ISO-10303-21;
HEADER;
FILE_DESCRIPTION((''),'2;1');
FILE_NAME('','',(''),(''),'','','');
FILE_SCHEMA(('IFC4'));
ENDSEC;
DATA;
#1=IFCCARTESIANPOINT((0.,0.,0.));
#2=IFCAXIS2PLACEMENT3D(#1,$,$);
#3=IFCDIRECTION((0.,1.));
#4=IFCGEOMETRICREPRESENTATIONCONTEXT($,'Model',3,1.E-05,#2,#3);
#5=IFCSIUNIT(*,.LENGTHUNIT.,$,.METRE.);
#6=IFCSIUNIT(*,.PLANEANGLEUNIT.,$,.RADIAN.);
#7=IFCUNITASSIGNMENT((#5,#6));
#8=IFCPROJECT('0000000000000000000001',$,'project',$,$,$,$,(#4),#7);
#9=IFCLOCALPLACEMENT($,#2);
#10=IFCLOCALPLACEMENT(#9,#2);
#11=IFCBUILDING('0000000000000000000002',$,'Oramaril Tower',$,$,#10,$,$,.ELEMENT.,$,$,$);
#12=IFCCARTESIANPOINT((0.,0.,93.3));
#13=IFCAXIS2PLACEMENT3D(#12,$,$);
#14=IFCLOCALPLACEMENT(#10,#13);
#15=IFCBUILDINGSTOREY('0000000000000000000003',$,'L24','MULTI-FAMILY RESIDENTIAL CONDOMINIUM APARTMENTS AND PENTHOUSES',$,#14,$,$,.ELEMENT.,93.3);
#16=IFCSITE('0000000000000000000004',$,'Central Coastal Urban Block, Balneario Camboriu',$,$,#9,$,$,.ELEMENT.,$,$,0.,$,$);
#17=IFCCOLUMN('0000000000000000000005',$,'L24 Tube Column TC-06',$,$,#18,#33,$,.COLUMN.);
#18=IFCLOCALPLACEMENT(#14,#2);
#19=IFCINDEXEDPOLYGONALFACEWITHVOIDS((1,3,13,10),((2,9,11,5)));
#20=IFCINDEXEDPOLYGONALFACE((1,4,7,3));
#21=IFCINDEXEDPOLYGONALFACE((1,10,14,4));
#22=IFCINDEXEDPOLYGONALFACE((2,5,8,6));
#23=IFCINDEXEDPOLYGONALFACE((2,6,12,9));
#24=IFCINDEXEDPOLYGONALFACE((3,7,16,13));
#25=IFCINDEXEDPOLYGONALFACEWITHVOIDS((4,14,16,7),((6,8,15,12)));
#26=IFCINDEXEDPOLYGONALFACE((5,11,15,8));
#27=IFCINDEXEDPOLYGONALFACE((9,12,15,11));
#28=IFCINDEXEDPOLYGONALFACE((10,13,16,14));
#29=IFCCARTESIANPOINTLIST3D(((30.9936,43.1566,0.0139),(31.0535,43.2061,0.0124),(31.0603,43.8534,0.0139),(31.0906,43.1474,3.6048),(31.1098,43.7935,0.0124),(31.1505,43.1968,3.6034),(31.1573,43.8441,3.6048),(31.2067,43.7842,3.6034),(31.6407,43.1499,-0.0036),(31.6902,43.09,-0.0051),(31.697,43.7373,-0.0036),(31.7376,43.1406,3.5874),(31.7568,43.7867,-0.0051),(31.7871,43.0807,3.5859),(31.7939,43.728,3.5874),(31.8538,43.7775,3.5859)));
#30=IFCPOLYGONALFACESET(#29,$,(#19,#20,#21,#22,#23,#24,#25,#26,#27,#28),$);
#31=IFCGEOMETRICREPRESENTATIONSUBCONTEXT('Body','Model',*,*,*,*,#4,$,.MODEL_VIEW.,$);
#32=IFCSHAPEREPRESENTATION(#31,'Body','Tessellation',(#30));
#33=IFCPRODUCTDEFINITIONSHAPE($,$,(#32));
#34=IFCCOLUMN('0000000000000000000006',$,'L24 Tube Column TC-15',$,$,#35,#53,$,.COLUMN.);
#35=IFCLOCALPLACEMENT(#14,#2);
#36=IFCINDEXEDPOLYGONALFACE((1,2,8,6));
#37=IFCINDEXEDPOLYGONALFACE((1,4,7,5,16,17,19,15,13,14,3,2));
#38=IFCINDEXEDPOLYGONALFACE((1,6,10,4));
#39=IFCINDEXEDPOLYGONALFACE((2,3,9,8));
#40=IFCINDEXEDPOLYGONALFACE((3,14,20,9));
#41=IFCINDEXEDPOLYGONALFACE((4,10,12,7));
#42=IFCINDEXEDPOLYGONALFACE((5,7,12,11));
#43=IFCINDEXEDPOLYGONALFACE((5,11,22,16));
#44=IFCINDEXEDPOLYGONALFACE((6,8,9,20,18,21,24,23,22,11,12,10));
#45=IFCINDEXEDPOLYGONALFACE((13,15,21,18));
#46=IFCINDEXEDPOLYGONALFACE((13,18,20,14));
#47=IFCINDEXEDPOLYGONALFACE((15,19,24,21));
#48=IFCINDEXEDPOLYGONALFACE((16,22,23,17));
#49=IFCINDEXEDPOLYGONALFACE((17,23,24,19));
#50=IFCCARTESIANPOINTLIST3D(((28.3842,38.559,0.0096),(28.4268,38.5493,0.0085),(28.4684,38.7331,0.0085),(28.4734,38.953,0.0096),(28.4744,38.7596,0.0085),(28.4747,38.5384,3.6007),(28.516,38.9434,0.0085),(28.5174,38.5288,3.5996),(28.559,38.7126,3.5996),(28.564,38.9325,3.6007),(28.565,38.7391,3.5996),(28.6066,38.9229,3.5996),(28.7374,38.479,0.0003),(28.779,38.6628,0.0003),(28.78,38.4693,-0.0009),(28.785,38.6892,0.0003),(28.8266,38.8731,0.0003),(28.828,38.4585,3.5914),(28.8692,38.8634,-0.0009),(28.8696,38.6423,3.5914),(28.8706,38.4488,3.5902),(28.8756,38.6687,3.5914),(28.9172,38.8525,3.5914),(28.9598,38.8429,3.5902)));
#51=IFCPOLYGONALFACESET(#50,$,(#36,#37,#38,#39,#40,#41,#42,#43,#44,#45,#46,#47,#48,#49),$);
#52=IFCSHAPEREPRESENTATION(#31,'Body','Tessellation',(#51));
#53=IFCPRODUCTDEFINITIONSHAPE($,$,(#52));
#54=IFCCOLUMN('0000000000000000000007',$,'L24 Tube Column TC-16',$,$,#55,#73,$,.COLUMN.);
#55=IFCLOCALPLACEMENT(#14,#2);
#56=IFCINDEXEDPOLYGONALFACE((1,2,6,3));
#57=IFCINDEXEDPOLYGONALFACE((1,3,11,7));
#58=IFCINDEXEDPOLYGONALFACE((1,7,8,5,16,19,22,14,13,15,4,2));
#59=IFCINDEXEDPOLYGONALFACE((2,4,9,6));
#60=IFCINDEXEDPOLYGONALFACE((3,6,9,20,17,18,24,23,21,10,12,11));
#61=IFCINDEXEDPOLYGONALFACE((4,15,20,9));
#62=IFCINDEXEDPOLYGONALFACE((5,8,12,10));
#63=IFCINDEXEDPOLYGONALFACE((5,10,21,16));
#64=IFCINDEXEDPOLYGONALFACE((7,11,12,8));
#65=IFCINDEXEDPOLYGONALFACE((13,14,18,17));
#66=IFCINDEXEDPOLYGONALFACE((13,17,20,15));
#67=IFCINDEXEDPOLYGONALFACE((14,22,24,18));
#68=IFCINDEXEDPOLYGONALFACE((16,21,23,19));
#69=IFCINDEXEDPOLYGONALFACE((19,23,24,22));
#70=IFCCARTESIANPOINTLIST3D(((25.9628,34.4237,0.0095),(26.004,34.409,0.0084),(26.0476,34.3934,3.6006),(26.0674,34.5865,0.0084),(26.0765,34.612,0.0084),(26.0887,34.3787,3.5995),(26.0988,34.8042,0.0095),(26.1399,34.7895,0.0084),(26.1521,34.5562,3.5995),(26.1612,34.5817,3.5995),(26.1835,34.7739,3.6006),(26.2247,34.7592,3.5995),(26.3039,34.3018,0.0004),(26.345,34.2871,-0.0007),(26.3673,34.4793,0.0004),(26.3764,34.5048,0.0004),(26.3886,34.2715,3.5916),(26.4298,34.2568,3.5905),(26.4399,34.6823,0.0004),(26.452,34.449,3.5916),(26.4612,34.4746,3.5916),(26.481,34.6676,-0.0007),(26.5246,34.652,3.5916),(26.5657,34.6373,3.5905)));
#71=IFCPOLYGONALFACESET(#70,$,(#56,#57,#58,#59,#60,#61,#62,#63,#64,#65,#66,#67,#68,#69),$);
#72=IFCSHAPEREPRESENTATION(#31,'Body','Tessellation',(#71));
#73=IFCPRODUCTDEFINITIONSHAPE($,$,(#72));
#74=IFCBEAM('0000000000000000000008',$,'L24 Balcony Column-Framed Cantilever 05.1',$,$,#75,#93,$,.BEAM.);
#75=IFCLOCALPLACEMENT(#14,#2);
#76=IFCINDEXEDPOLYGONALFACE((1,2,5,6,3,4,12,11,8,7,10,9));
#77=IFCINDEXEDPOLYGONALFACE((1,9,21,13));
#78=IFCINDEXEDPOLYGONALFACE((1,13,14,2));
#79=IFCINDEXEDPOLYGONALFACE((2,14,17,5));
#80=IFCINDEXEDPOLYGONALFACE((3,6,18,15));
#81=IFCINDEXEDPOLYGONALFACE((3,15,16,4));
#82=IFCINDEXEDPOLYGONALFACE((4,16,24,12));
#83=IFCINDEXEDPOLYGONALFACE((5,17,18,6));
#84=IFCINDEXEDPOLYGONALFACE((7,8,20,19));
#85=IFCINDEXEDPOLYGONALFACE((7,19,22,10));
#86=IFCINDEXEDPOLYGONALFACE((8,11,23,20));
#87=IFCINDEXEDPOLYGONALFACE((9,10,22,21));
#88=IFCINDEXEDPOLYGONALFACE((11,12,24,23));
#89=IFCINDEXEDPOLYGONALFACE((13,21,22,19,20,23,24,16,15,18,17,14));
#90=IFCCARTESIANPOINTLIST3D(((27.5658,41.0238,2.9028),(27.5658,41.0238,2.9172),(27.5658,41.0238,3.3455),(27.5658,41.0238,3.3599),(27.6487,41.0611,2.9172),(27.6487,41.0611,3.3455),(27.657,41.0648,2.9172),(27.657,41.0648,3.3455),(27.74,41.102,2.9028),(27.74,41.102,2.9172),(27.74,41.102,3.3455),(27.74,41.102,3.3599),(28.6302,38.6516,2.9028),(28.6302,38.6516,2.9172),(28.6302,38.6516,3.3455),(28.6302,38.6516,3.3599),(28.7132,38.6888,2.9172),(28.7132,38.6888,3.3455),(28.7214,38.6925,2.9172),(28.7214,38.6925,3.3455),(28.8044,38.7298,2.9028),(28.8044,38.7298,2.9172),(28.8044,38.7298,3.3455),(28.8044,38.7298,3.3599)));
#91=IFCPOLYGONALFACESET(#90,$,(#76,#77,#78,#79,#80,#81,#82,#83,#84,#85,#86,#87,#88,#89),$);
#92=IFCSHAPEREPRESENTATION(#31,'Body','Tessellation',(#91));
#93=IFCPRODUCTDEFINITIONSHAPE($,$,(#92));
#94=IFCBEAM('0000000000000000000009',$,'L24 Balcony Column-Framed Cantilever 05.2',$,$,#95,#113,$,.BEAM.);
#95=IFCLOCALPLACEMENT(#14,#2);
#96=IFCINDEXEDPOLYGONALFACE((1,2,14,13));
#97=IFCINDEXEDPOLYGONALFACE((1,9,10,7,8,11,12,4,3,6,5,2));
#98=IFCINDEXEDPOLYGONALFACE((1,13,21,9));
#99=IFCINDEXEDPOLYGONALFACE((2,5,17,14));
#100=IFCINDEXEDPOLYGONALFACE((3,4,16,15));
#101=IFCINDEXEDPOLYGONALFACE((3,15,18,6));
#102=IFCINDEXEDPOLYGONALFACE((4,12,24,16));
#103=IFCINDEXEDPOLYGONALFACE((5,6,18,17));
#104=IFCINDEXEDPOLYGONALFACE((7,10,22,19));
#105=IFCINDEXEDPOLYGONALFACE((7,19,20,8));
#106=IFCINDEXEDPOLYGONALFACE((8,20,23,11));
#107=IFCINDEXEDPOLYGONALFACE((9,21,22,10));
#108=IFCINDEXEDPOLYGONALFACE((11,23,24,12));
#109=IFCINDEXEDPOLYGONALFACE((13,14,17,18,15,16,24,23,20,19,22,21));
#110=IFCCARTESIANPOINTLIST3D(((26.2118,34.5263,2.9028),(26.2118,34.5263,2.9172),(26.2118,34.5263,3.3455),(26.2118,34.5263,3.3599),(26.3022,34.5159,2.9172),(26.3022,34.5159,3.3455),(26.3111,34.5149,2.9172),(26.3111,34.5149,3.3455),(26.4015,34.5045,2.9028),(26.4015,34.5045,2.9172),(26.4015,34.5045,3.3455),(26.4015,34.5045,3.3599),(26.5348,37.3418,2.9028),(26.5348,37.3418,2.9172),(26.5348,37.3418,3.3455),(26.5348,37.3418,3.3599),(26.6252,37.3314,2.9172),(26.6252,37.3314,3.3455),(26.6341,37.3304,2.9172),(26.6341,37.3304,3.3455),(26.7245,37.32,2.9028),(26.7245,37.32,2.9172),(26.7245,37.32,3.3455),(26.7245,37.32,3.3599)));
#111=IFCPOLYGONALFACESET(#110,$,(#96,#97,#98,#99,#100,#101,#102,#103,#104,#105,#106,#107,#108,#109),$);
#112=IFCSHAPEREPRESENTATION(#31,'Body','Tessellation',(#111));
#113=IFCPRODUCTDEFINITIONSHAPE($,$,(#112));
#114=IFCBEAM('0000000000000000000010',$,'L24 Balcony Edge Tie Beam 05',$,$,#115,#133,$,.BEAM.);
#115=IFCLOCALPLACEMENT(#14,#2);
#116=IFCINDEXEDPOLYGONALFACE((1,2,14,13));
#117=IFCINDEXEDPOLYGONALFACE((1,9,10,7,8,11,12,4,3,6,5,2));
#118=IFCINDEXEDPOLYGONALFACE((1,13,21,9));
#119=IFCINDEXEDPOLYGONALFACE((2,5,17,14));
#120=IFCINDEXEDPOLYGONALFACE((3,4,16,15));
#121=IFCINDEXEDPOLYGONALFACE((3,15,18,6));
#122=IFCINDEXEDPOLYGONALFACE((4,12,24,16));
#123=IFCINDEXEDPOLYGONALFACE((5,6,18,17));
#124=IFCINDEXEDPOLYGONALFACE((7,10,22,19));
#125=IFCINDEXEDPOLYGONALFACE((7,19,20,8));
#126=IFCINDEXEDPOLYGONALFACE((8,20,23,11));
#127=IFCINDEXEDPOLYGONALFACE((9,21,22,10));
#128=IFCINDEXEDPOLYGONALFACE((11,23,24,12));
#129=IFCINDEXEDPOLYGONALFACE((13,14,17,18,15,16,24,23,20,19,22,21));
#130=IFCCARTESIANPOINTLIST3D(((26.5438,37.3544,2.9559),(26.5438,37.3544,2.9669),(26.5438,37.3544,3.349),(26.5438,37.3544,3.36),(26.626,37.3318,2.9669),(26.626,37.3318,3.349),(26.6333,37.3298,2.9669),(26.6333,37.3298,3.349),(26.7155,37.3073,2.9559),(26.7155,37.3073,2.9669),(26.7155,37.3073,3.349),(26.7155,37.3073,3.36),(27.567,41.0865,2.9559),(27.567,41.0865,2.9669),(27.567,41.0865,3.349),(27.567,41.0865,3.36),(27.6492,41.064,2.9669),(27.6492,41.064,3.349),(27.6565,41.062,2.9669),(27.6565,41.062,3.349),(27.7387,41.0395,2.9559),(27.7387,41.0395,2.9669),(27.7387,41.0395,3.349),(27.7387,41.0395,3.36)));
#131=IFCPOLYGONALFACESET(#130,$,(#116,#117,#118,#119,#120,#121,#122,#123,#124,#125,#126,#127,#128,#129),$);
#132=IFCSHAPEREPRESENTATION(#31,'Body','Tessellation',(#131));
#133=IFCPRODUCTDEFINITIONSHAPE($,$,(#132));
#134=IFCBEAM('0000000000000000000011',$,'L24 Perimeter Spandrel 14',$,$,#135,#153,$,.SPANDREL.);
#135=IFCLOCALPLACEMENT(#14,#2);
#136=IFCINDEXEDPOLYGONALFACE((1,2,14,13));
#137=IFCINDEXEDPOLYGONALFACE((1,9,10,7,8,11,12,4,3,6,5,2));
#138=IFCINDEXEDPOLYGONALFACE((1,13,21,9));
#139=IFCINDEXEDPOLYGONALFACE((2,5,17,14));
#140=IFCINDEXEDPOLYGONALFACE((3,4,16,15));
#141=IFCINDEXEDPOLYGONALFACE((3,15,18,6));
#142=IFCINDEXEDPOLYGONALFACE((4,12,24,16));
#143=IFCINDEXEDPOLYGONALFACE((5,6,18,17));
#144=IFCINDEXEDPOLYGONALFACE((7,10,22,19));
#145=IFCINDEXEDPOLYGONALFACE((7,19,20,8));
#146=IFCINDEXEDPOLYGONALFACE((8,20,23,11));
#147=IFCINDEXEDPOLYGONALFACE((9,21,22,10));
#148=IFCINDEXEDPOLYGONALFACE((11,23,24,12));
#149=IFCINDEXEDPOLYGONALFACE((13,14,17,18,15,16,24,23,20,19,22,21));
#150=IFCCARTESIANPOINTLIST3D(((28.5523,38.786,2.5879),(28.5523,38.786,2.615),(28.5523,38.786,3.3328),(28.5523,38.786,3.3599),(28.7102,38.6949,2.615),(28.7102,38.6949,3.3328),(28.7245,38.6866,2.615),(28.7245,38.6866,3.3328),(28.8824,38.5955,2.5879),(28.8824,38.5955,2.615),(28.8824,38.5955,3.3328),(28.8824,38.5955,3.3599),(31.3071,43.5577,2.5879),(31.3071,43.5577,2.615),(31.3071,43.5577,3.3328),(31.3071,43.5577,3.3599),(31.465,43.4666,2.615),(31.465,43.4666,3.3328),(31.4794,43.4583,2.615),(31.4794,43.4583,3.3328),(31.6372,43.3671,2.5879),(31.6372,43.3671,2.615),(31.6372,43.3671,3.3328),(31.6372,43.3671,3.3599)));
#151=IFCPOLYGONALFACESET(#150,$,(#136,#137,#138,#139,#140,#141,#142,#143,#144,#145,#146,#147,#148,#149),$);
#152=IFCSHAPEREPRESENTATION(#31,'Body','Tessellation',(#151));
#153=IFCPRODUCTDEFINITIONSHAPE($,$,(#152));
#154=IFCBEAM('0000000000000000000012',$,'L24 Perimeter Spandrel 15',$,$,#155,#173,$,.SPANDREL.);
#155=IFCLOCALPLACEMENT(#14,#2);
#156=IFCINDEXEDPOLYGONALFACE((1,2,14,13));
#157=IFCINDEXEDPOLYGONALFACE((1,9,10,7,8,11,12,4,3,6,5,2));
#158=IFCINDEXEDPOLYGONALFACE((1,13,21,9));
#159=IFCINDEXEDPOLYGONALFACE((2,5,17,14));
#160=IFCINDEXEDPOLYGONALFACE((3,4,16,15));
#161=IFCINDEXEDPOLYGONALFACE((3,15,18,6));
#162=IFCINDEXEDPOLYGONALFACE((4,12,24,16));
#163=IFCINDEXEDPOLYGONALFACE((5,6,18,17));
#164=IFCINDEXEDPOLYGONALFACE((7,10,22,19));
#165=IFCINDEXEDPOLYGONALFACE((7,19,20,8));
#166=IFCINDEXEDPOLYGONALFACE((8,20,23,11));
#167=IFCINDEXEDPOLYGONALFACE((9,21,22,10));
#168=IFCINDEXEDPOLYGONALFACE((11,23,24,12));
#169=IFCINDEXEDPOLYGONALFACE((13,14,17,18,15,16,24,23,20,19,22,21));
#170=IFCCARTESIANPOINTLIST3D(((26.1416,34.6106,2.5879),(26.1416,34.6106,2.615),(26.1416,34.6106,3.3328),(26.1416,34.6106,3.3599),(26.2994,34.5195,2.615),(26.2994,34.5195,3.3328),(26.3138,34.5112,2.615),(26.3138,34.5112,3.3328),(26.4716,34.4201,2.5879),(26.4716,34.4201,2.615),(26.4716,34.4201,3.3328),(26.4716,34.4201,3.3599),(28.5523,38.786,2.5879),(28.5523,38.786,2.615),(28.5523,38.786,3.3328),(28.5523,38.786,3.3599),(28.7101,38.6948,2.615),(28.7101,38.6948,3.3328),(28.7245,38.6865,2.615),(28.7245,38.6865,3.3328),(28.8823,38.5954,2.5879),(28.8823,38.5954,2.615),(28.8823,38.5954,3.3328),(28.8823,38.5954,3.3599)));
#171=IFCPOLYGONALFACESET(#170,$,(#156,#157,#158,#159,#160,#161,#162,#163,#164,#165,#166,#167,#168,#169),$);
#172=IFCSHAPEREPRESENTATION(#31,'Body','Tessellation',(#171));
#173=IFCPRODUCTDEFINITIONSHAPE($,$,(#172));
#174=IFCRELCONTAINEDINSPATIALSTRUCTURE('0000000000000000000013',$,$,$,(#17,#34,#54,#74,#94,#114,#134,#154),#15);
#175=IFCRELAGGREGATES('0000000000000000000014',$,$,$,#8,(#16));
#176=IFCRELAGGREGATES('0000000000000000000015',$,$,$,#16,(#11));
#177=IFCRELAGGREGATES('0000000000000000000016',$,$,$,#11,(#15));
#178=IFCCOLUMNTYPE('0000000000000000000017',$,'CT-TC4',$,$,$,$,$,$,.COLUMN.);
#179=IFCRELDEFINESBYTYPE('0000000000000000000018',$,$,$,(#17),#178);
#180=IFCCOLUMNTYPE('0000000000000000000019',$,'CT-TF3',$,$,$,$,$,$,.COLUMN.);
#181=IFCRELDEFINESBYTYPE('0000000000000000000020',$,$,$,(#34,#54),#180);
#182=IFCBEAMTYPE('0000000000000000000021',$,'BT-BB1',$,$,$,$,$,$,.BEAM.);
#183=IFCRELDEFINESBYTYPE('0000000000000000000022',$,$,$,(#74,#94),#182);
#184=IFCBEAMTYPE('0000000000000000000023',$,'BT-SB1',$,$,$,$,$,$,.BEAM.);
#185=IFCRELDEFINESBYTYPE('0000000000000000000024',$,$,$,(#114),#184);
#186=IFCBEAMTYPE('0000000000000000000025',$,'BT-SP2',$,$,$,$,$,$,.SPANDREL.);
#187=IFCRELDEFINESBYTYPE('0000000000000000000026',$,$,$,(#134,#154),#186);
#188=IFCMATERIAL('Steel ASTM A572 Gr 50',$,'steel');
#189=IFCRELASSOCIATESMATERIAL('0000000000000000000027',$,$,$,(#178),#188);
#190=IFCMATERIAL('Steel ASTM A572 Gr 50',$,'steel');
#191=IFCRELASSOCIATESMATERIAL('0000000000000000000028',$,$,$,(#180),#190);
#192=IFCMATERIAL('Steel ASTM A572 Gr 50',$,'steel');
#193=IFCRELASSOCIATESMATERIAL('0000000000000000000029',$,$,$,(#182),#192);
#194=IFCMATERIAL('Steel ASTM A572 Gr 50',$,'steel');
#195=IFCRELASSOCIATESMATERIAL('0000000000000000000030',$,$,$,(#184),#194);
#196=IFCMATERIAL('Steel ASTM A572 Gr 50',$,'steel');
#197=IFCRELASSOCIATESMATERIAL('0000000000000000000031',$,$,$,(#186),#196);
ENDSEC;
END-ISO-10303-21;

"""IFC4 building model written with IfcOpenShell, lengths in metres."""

from ifc_helpers import new_model, si_unit, direction, frame, origin, origin_2d, place, context, subcontext, project, spatial, hollow_rectangle, i_section, extrude, material, material_profile, profile_set, type_object, element, save


model = new_model("IFC4")

# Units and contexts
model_context = context("Model", 3, precision=1e-05, world=origin(), true_north=direction((0.0, 1.0)))
body_context = subcontext(model_context, "Body", "Model", "MODEL_VIEW")
ifc_project = project(units=[si_unit("LENGTHUNIT", "METRE"), si_unit("PLANEANGLEUNIT", "RADIAN")], contexts=[model_context])

# Site, building, storey
site_placement = place(None, origin())
site = spatial("IfcSite", under=ifc_project, at=site_placement, Name="Central Coastal Urban Block, Balneario Camboriu", CompositionType="ELEMENT", RefElevation=0.0)
building_placement = place(site_placement, origin())
building = spatial("IfcBuilding", under=site, at=building_placement, Name="Oramaril Tower", CompositionType="ELEMENT")
storey_placement = place(building_placement, frame((0.0, 0.0, 93.3)))
storey = spatial("IfcBuildingStorey", under=building, at=storey_placement, Name="L24", Description="MULTI-FAMILY RESIDENTIAL CONDOMINIUM APARTMENTS AND PENTHOUSES", CompositionType="ELEMENT", Elevation=93.3)

# Columns
ifc_material_1 = material(Name="Steel ASTM A572 Gr 50", Category="steel")
ifc_material_profile_1 = material_profile(ifc_material_1, hollow_rectangle(XDim=0.7, YDim=0.7, WallThickness=0.0549, at=origin_2d()), Name="BOX700X700X55")
ifc_profile_set_1 = profile_set([ifc_material_profile_1], Name="Steel ASTM A572 Gr 50")
column_type_1 = type_object("IfcColumnType", Name="CT-TC4", PredefinedType="COLUMN", material=ifc_profile_set_1)
column_placement = place(storey_placement, frame((31.3752, 43.4717, 0.0044), z_axis=(0.02698, -0.002583, 0.999633), x_axis=(0.095282, 0.99545, 0.0)))
element("IfcColumn", 1, at=column_placement, inside=storey, type_object=column_type_1, Name="L24 Tube Column TC-06", PredefinedType="COLUMN", context=body_context, shape_type="SweptSolid", body=[
    extrude(hollow_rectangle(XDim=0.7, YDim=0.7, WallThickness=0.0549, at=origin_2d()), origin(), (0.0, 0.0, 1.0), 3.5923),
])
ifc_material_2 = material(Name="Steel ASTM A572 Gr 50", Category="steel")
ifc_material_profile_2 = material_profile(ifc_material_2, i_section(OverallWidth=0.4041, OverallDepth=0.406, WebThickness=0.0271, FlangeThickness=0.0437, at=origin_2d()), Name="W14X233")
ifc_profile_set_2 = profile_set([ifc_material_profile_2], Name="Steel ASTM A572 Gr 50")
column_type_2 = type_object("IfcColumnType", Name="CT-TF3", PredefinedType="COLUMN", material=ifc_profile_set_2)
for number, where, z_axis, x_axis, name in (
    (2, (28.6267, 38.7112, 0.0044), (0.025214, -0.005709, 0.999666), (0.220826, 0.975313, 0.0), "L24 Tube Column TC-15"),
    (3, (26.2219, 34.5457, 0.0044), (0.023584, -0.008428, 0.999686), (0.336508, 0.94168, 0.0), "L24 Tube Column TC-16"),
):
    element("IfcColumn", number, at=place(storey_placement, frame(where, z_axis=z_axis, x_axis=x_axis)), inside=storey, type_object=column_type_2, Name=name, PredefinedType="COLUMN", context=body_context, shape_type="SweptSolid", body=[
        extrude(i_section(OverallWidth=0.4041, OverallDepth=0.406, WebThickness=0.0271, FlangeThickness=0.0437, at=origin_2d()), origin(), (0.0, 0.0, 1.0), 3.5923),
    ])

# Beams
ifc_material_3 = material(Name="Steel ASTM A572 Gr 50", Category="steel")
ifc_material_profile_3 = material_profile(ifc_material_3, i_section(OverallWidth=0.1909, OverallDepth=0.457, WebThickness=0.009, FlangeThickness=0.0144, at=origin_2d()), Name="W18X50")
ifc_profile_set_3 = profile_set([ifc_material_profile_3], Name="Steel ASTM A572 Gr 50")
beam_type_1 = type_object("IfcBeamType", Name="BT-BB1", PredefinedType="BEAM", material=ifc_profile_set_3)
beam_1_placement = place(storey_placement, frame((28.7173, 38.6907, 3.1313), z_axis=(-0.409377, 0.912365, 0.0), x_axis=(-0.912365, -0.409377, 0.0)))
element("IfcBeam", 4, at=beam_1_placement, inside=storey, type_object=beam_type_1, Name="L24 Balcony Column-Framed Cantilever 05.1", PredefinedType="BEAM", context=body_context, shape_type="SweptSolid", body=[
    extrude(i_section(OverallWidth=0.1909, OverallDepth=0.457, WebThickness=0.009, FlangeThickness=0.0144, at=origin_2d()), origin(), (0.0, 0.0, 1.0), 2.6001),
])
beam_2_placement = place(storey_placement, frame((26.3066, 34.5154, 3.1313), z_axis=(0.113977, 0.993483, 0.0), x_axis=(-0.993483, 0.113977, 0.0)))
element("IfcBeam", 5, at=beam_2_placement, inside=storey, type_object=beam_type_1, Name="L24 Balcony Column-Framed Cantilever 05.2", PredefinedType="BEAM", context=body_context, shape_type="SweptSolid", body=[
    extrude(i_section(OverallWidth=0.1909, OverallDepth=0.457, WebThickness=0.009, FlangeThickness=0.0144, at=origin_2d()), origin(), (0.0, 0.0, 1.0), 2.834),
])
ifc_material_4 = material(Name="Steel ASTM A572 Gr 50", Category="steel")
ifc_material_profile_4 = material_profile(ifc_material_4, i_section(OverallWidth=0.178, OverallDepth=0.4041, WebThickness=0.0076, FlangeThickness=0.011, at=origin_2d()), Name="W16X36")
ifc_profile_set_4 = profile_set([ifc_material_profile_4], Name="Steel ASTM A572 Gr 50")
beam_type_2 = type_object("IfcBeamType", Name="BT-SB1", PredefinedType="BEAM", material=ifc_profile_set_4)
beam_3_placement = place(storey_placement, frame((27.6528, 41.063, 3.158), z_axis=(-0.264398, -0.964414, 0.0), x_axis=(0.964414, -0.264398, 0.0)))
element("IfcBeam", 6, at=beam_3_placement, inside=storey, type_object=beam_type_2, Name="L24 Balcony Edge Tie Beam 05", PredefinedType="BEAM", context=body_context, shape_type="SweptSolid", body=[
    extrude(i_section(OverallWidth=0.178, OverallDepth=0.4041, WebThickness=0.0076, FlangeThickness=0.011, at=origin_2d()), origin(), (0.0, 0.0, 1.0), 3.8699),
])
ifc_material_5 = material(Name="Steel ASTM A572 Gr 50", Category="steel")
ifc_material_profile_5 = material_profile(ifc_material_5, i_section(OverallWidth=0.3811, OverallDepth=0.772, WebThickness=0.0166, FlangeThickness=0.0271, at=origin_2d()), Name="W30X173")
ifc_profile_set_5 = profile_set([ifc_material_profile_5], Name="Steel ASTM A572 Gr 50")
beam_type_3 = type_object("IfcBeamType", Name="BT-SP2", PredefinedType="SPANDREL", material=ifc_profile_set_5)
beam_4_placement = place(storey_placement, frame((31.4722, 43.4624, 2.9739), z_axis=(-0.49999, -0.866031, 0.0), x_axis=(0.866031, -0.49999, 0.0)))
element("IfcBeam", 7, at=beam_4_placement, inside=storey, type_object=beam_type_3, Name="L24 Perimeter Spandrel 14", PredefinedType="SPANDREL", context=body_context, shape_type="SweptSolid", body=[
    extrude(i_section(OverallWidth=0.3811, OverallDepth=0.772, WebThickness=0.0166, FlangeThickness=0.0271, at=origin_2d()), origin(), (0.0, 0.0, 1.0), 5.5098),
])
beam_5_placement = place(storey_placement, frame((28.7173, 38.6907, 2.9739), z_axis=(-0.500006, -0.866022, 0.0), x_axis=(0.866022, -0.500006, 0.0)))
element("IfcBeam", 8, at=beam_5_placement, inside=storey, type_object=beam_type_3, Name="L24 Perimeter Spandrel 15", PredefinedType="SPANDREL", context=body_context, shape_type="SweptSolid", body=[
    extrude(i_section(OverallWidth=0.3811, OverallDepth=0.772, WebThickness=0.0166, FlangeThickness=0.0271, at=origin_2d()), origin(), (0.0, 0.0, 1.0), 4.8213),
])

save(model, "model.ifc")
